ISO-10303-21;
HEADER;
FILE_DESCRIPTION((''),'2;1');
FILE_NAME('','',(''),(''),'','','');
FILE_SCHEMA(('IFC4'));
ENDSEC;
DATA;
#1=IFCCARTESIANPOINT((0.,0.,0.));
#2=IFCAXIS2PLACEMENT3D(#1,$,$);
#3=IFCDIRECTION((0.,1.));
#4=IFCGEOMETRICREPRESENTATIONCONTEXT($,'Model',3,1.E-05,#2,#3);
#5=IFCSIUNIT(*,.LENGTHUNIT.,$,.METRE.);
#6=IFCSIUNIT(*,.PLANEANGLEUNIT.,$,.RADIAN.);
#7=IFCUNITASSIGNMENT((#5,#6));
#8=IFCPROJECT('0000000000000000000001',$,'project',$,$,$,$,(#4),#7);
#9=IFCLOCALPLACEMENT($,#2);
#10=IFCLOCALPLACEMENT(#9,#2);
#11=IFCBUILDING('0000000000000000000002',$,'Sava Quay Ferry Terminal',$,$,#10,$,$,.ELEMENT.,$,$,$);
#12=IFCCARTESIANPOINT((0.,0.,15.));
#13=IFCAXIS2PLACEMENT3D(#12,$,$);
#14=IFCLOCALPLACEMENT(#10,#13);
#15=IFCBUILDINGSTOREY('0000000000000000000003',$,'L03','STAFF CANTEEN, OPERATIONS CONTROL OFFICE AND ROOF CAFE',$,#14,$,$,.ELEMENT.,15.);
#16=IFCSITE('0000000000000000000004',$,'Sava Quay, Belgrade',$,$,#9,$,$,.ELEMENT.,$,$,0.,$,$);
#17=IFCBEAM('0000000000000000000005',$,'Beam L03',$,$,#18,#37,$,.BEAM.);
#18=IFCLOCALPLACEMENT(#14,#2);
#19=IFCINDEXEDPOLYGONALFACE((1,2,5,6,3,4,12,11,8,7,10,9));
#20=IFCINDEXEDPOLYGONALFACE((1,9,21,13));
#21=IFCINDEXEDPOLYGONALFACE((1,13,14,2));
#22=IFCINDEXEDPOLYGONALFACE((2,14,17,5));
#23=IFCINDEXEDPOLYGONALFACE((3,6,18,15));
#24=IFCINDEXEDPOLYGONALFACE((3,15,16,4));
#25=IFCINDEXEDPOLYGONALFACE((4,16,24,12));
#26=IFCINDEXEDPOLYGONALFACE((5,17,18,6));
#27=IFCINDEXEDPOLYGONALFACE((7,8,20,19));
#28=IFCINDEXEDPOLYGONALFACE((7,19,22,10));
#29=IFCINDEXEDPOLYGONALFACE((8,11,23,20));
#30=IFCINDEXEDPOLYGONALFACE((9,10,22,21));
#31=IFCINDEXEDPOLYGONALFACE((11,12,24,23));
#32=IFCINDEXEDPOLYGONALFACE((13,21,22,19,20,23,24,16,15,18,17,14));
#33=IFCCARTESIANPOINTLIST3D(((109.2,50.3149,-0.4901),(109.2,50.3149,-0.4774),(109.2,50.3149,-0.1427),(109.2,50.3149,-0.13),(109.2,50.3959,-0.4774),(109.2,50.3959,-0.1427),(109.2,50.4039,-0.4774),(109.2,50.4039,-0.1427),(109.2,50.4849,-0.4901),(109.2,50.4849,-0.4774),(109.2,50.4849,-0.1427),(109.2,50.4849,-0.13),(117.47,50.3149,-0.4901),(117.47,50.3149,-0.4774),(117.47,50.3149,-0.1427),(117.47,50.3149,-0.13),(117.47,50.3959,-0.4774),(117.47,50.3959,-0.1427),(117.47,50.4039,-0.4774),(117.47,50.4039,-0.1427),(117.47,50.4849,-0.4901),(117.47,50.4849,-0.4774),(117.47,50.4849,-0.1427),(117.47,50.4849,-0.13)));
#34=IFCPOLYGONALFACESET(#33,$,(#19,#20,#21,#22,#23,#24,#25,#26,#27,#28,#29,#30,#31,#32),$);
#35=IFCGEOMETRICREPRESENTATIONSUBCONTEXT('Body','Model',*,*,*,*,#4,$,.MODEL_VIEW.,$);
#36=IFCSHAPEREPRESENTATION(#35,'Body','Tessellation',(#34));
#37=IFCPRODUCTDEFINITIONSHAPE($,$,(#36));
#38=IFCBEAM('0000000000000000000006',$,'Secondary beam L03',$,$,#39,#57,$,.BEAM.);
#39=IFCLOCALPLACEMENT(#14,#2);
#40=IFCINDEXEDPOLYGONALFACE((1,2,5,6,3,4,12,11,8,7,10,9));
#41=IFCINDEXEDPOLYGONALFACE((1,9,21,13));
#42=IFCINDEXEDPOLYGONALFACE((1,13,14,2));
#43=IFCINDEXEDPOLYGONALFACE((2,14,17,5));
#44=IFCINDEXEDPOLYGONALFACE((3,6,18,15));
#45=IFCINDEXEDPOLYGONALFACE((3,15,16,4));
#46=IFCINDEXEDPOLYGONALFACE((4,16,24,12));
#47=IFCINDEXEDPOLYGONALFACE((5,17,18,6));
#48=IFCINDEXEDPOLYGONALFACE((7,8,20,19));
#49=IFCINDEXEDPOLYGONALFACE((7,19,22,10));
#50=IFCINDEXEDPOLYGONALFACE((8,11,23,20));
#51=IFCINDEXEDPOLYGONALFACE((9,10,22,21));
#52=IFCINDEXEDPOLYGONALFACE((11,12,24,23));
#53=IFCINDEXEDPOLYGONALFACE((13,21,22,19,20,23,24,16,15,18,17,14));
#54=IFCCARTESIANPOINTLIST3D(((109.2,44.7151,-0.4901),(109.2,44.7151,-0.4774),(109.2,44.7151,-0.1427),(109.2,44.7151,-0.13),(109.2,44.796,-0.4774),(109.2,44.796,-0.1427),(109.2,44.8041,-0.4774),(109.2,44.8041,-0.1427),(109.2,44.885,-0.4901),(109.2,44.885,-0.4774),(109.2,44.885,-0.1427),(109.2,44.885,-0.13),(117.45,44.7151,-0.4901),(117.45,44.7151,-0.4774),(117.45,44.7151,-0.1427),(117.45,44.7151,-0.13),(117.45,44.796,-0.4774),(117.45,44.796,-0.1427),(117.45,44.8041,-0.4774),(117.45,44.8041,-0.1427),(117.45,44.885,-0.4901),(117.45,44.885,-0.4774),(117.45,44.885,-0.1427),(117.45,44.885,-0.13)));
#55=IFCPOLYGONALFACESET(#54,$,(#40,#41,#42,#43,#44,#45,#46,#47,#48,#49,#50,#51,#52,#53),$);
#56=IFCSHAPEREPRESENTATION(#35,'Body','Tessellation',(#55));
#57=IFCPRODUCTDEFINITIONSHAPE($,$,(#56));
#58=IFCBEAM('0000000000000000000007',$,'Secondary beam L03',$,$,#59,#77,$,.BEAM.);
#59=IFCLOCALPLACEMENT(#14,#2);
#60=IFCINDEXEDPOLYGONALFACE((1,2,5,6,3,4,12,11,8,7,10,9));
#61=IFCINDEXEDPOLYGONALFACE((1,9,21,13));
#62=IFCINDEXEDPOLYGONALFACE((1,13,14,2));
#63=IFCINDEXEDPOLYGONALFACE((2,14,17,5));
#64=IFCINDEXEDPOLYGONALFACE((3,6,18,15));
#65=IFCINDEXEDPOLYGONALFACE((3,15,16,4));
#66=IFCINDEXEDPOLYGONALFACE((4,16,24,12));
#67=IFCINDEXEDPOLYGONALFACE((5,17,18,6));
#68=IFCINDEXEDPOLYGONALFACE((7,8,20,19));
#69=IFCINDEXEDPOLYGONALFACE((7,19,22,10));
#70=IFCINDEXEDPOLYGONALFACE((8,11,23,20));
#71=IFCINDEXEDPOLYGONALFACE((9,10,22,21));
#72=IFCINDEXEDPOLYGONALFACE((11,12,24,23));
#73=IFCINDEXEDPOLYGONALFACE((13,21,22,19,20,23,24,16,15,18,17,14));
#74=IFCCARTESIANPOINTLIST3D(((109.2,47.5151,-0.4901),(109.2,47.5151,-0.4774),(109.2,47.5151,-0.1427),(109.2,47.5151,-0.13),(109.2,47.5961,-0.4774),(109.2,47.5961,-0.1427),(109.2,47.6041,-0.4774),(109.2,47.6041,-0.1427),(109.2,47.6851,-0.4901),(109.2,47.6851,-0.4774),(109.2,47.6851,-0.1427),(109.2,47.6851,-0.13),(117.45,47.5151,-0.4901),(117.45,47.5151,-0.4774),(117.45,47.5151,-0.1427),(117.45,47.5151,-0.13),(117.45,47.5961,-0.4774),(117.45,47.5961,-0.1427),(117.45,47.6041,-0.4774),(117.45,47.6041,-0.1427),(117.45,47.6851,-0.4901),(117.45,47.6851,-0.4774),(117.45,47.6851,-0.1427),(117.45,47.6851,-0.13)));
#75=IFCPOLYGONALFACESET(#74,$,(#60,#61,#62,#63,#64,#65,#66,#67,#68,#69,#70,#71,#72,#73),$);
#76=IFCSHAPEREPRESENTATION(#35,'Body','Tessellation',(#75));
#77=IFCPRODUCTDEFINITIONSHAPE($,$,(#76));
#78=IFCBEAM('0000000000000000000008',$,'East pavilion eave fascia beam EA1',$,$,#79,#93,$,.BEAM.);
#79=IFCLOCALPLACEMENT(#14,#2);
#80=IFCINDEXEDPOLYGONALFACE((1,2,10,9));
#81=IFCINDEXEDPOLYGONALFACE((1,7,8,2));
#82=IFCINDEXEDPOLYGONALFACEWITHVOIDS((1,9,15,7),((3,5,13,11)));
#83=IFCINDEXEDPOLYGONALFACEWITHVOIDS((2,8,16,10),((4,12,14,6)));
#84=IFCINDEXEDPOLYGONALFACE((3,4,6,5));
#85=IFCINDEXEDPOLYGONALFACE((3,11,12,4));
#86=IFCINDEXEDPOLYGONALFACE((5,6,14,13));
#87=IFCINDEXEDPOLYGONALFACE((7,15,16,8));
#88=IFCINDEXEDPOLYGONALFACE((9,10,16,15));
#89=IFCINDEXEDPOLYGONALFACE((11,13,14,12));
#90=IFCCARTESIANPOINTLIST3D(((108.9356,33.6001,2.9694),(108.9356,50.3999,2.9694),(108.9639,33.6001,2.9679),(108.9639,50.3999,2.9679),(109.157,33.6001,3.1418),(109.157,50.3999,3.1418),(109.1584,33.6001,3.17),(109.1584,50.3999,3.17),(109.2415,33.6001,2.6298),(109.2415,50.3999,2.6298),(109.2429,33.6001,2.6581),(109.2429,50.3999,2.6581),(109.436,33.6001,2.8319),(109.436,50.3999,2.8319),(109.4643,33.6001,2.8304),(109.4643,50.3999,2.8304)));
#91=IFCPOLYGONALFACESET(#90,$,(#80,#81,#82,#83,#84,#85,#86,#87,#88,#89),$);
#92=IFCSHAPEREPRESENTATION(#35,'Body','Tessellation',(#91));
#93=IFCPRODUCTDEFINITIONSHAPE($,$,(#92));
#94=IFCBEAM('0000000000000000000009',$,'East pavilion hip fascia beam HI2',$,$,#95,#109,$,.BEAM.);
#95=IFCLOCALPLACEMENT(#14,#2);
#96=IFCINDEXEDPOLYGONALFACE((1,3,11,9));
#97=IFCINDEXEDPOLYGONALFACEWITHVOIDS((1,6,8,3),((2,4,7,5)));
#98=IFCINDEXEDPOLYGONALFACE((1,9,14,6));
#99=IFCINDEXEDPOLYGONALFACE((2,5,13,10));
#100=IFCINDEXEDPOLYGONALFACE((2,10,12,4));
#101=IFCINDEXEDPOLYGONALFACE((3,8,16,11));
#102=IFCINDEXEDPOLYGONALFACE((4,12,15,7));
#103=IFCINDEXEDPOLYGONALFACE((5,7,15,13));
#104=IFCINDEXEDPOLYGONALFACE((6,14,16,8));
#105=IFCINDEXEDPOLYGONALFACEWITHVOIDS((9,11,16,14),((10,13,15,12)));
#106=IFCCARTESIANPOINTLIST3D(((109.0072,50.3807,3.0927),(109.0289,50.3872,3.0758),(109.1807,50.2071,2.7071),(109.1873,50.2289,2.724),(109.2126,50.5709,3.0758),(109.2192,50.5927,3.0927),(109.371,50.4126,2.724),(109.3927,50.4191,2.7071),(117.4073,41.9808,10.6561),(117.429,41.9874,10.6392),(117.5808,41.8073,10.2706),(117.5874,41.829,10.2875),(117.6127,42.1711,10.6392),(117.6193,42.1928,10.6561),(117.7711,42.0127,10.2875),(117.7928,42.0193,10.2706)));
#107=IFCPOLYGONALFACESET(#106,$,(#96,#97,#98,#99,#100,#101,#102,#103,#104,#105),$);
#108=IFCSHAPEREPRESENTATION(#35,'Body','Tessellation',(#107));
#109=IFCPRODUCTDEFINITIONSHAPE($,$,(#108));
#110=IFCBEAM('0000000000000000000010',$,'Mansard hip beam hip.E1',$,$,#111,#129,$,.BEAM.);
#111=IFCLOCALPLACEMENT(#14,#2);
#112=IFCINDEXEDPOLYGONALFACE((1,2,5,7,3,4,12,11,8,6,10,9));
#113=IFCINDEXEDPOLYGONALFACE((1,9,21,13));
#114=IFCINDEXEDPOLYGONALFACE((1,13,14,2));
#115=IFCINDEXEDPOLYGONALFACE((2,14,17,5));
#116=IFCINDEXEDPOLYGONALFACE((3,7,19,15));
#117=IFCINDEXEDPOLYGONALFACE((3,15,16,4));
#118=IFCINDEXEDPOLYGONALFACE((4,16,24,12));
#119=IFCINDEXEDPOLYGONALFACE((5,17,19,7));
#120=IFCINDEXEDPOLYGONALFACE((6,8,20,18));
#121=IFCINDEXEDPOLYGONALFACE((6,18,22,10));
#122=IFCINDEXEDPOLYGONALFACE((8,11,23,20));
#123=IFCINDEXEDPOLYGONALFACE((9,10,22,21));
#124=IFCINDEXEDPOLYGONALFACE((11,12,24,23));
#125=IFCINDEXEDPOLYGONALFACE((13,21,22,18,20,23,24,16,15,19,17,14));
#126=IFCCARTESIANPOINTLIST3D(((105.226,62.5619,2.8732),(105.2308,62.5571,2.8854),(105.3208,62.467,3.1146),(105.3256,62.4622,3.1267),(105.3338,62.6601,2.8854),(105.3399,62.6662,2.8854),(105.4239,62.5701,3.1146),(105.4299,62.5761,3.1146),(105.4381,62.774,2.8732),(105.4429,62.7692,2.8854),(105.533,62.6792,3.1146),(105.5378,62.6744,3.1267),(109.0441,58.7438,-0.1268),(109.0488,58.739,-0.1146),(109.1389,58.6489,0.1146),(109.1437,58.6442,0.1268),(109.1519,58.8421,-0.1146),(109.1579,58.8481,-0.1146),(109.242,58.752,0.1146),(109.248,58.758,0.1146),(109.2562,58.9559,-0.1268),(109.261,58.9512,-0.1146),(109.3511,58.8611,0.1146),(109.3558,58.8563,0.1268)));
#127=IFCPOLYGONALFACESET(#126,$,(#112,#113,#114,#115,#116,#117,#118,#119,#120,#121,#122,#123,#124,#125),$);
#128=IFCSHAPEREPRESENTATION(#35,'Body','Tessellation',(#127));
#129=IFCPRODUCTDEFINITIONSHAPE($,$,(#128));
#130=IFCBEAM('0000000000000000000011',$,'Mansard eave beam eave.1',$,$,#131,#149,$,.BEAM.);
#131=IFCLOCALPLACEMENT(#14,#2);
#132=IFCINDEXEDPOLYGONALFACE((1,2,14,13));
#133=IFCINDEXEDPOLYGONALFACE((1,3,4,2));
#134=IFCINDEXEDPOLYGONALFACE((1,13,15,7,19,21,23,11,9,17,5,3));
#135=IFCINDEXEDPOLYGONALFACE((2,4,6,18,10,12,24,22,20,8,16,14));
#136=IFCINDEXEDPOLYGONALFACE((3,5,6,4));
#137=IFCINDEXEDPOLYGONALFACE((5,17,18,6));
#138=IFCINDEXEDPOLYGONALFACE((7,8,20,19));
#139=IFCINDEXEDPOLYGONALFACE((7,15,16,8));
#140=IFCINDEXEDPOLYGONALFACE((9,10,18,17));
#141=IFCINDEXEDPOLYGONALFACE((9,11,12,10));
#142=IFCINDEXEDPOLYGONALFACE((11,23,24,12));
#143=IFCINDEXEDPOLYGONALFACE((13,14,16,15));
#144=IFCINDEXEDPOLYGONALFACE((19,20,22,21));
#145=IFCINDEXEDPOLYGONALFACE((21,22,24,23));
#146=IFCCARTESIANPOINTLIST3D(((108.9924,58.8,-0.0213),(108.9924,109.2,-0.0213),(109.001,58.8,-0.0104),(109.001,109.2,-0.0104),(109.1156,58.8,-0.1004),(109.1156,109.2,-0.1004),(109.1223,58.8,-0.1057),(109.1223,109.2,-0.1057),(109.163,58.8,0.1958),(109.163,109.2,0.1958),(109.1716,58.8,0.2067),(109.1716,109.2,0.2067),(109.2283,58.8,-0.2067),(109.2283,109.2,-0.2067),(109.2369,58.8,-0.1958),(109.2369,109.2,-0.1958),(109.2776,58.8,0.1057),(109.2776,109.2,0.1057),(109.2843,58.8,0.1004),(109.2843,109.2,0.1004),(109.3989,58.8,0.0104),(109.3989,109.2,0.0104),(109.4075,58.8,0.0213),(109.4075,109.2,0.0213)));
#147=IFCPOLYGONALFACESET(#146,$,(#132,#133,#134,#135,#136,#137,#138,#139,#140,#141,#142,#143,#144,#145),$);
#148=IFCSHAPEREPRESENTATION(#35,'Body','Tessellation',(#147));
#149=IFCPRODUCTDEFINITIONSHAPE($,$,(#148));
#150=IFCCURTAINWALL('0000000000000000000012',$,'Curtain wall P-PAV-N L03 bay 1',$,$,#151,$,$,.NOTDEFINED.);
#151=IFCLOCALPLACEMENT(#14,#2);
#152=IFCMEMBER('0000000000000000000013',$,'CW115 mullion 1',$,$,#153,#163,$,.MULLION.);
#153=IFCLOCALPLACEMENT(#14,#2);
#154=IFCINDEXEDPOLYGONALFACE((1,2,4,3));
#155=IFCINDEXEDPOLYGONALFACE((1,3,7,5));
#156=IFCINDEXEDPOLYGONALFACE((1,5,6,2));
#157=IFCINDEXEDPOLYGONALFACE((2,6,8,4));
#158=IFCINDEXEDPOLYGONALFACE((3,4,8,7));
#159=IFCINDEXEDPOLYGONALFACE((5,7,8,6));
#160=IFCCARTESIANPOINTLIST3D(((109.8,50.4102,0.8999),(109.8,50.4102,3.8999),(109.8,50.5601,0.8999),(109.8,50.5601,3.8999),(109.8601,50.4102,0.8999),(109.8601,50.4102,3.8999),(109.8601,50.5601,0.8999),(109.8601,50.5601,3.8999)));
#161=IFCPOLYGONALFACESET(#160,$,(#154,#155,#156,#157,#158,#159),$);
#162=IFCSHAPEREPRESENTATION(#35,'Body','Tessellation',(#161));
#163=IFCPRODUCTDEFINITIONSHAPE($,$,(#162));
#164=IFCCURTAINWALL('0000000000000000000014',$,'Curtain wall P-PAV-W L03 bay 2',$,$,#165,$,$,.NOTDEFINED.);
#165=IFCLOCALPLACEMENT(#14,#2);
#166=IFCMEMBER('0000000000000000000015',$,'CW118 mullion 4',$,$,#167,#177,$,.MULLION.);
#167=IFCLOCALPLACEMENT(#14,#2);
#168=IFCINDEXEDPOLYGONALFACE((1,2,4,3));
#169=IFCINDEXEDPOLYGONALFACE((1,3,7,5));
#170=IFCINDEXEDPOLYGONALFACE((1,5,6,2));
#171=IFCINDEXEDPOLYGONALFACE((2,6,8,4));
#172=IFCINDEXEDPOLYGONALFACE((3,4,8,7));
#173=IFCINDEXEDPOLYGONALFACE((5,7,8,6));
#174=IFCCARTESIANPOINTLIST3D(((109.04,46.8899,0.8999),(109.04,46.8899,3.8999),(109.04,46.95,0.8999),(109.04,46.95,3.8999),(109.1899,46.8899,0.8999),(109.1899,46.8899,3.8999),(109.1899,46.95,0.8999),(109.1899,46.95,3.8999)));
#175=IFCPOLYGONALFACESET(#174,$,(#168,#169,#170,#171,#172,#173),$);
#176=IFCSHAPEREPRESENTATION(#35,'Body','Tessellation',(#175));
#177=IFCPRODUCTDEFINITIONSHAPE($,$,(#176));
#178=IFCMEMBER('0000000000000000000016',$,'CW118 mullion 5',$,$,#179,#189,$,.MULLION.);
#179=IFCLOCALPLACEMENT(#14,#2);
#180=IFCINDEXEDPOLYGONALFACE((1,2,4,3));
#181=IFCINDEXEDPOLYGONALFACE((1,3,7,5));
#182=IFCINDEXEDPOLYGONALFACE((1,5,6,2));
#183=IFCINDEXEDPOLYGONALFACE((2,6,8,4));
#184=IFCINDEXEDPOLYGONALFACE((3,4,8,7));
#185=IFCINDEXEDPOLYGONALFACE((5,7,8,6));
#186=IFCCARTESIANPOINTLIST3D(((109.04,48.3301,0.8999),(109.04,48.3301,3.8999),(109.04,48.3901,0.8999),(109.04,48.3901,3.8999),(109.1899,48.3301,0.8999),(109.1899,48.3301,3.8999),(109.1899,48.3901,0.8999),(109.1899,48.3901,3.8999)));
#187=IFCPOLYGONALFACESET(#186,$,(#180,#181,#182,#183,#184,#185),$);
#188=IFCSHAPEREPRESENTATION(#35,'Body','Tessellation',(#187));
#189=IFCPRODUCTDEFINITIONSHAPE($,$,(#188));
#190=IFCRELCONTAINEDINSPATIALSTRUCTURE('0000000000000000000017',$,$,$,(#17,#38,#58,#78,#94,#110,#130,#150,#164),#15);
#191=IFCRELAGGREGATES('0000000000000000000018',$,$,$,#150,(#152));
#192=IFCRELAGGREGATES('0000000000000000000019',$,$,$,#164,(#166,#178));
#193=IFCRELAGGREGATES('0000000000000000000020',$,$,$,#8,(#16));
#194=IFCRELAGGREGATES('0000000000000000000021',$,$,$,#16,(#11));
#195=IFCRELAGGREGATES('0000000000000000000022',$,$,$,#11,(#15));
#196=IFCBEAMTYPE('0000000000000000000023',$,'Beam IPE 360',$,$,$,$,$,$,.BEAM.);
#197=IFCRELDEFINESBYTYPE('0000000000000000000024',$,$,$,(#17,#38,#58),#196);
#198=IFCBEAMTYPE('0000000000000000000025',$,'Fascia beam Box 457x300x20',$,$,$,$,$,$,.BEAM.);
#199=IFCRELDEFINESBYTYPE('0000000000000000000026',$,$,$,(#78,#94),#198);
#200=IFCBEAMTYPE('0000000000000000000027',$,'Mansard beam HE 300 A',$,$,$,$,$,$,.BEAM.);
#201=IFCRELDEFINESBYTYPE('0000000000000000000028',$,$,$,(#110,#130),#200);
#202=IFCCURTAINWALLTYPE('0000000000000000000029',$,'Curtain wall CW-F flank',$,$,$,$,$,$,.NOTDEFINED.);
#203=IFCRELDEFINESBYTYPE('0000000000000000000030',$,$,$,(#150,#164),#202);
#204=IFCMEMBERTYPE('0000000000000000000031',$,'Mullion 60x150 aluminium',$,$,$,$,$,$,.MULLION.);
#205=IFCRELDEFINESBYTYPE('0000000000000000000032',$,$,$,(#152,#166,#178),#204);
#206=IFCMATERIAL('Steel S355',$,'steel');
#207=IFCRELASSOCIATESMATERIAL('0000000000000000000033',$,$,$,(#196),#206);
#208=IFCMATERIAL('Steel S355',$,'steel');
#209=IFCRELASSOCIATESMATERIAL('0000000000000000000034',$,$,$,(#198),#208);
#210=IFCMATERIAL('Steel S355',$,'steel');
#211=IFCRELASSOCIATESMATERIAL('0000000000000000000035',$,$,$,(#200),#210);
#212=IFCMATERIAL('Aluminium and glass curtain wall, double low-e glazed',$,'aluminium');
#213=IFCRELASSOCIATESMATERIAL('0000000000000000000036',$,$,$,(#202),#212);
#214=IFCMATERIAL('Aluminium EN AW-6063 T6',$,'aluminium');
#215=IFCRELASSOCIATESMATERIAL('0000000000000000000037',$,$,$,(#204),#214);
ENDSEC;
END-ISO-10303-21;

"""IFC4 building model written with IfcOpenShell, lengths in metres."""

from ifc_helpers import new_model, si_unit, direction, frame, origin, origin_2d, place, context, subcontext, project, spatial, polyline, rectangle, i_section, outline, extrude, material, material_profile, profile_set, type_object, element, aggregate, save


model = new_model("IFC4")

# Units and contexts
model_context = context("Model", 3, precision=1e-05, world=origin(), true_north=direction((0.0, 1.0)))
body_context = subcontext(model_context, "Body", "Model", "MODEL_VIEW")
ifc_project = project(units=[si_unit("LENGTHUNIT", "METRE"), si_unit("PLANEANGLEUNIT", "RADIAN")], contexts=[model_context])

# Site, building, storey
site_placement = place(None, origin())
site = spatial("IfcSite", under=ifc_project, at=site_placement, Name="Sava Quay, Belgrade", CompositionType="ELEMENT", RefElevation=0.0)
building_placement = place(site_placement, origin())
building = spatial("IfcBuilding", under=site, at=building_placement, Name="Sava Quay Ferry Terminal", CompositionType="ELEMENT")
storey_placement = place(building_placement, frame((0.0, 0.0, 15.0)))
storey = spatial("IfcBuildingStorey", under=building, at=storey_placement, Name="L03", Description="STAFF CANTEEN, OPERATIONS CONTROL OFFICE AND ROOF CAFE", CompositionType="ELEMENT", Elevation=15.0)

# Beams
ifc_material_1 = material(Name="Steel S355", Category="steel")
ifc_material_profile_1 = material_profile(ifc_material_1, i_section(OverallWidth=0.1699, OverallDepth=0.3601, WebThickness=0.0081, FlangeThickness=0.0127, at=origin_2d()), Name="IPE 360")
ifc_profile_set_1 = profile_set([ifc_material_profile_1], Name="Steel S355")
beam_type_1 = type_object("IfcBeamType", Name="Beam IPE 360", PredefinedType="BEAM", material=ifc_profile_set_1)
beam_1_placement = place(storey_placement, frame((109.2, 50.3999, -0.3101), z_axis=(1.0, 0.0, 0.0), x_axis=(0.0, 1.0, 0.0)))
element("IfcBeam", 1, at=beam_1_placement, inside=storey, type_object=beam_type_1, Name="Beam L03", PredefinedType="BEAM", context=body_context, shape_type="SweptSolid", body=[
    extrude(i_section(OverallWidth=0.1699, OverallDepth=0.3601, WebThickness=0.0081, FlangeThickness=0.0127, at=origin_2d()), origin(), (0.0, 0.0, 1.0), 8.27),
])
for number, where, z_axis, x_axis, name in (
    (2, (109.2, 44.8, -0.3101), (1.0, 0.0, 0.0), (0.0, 1.0, 0.0), "Secondary beam L03"),
    (3, (109.2, 47.6001, -0.3101), (1.0, 0.0, 0.0), (0.0, 1.0, 0.0), "Secondary beam L03"),
):
    element("IfcBeam", number, at=place(storey_placement, frame(where, z_axis=z_axis, x_axis=x_axis)), inside=storey, type_object=beam_type_1, Name=name, PredefinedType="BEAM", context=body_context, shape_type="SweptSolid", body=[
        extrude(i_section(OverallWidth=0.1699, OverallDepth=0.3601, WebThickness=0.0081, FlangeThickness=0.0127, at=origin_2d()), origin(), (0.0, 0.0, 1.0), 8.25),
    ])
ifc_material_2 = material(Name="Steel S355", Category="steel")
ifc_material_profile_2 = material_profile(ifc_material_2, outline(polyline([(-0.1499, -0.2285), (0.1499, -0.2285), (0.1499, 0.2285), (-0.1499, 0.2285), (-0.1499, -0.2285)]), holes=[polyline([(-0.1299, -0.2085), (-0.1299, 0.2085), (0.1299, 0.2085), (0.1299, -0.2085), (-0.1299, -0.2085)])]), Name="Box 457x300x20 built-up")
ifc_profile_set_2 = profile_set([ifc_material_profile_2], Name="Steel S355")
beam_type_2 = type_object("IfcBeamType", Name="Fascia beam Box 457x300x20", PredefinedType="BEAM", material=ifc_profile_set_2)
beam_2_placement = place(storey_placement, frame((109.2, 50.3999, 2.8999), z_axis=(0.0, -1.0, 0.0), x_axis=(0.743145, 0.0, 0.669131)))
element("IfcBeam", 4, at=beam_2_placement, inside=storey, type_object=beam_type_2, Name="East pavilion eave fascia beam EA1", PredefinedType="BEAM", context=body_context, shape_type="SweptSolid", body=[
    extrude(outline(polyline([(-0.1499, -0.2285), (0.1499, -0.2285), (0.1499, 0.2285), (-0.1499, 0.2285), (-0.1499, -0.2285)]), holes=[polyline([(-0.1299, -0.2085), (-0.1299, 0.2085), (0.1299, 0.2085), (0.1299, -0.2085), (-0.1299, -0.2085)])]), origin(), (0.0, 0.0, 1.0), 16.7998),
])
beam_3_placement = place(storey_placement, frame((109.2, 50.3999, 2.8999), z_axis=(0.59648, -0.596463, 0.53707), x_axis=(0.707097, 0.707117, 0.0)))
element("IfcBeam", 5, at=beam_3_placement, inside=storey, type_object=beam_type_2, Name="East pavilion hip fascia beam HI2", PredefinedType="BEAM", context=body_context, shape_type="SweptSolid", body=[
    extrude(outline(polyline([(-0.1499, -0.2285), (0.1499, -0.2285), (0.1499, 0.2285), (-0.1499, 0.2285), (-0.1499, -0.2285)]), holes=[polyline([(-0.1299, -0.2085), (-0.1299, 0.2085), (0.1299, 0.2085), (0.1299, -0.2085), (-0.1299, -0.2085)])]), origin(), (0.0, 0.0, 1.0), 14.0828),
])
ifc_material_3 = material(Name="Steel S355", Category="steel")
ifc_material_profile_3 = material_profile(ifc_material_3, i_section(OverallWidth=0.3, OverallDepth=0.29, WebThickness=0.0085, FlangeThickness=0.0139, at=origin_2d()), Name="HE 300 A")
ifc_profile_set_3 = profile_set([ifc_material_profile_3], Name="Steel S355")
beam_type_3 = type_object("IfcBeamType", Name="Mansard beam HE 300 A", PredefinedType="BEAM", material=ifc_profile_set_3)
beam_4_placement = place(storey_placement, frame((109.2, 58.8, 0.0), z_axis=(-0.618113, 0.618113, 0.485668), x_axis=(-0.707107, -0.707107, 0.0)))
element("IfcBeam", 6, at=beam_4_placement, inside=storey, type_object=beam_type_3, Name="Mansard hip beam hip.E1", PredefinedType="BEAM", context=body_context, shape_type="SweptSolid", body=[
    extrude(i_section(OverallWidth=0.3, OverallDepth=0.29, WebThickness=0.0085, FlangeThickness=0.0139, at=origin_2d()), origin(), (0.0, 0.0, 1.0), 6.177),
])
beam_5_placement = place(storey_placement, frame((109.2, 58.8, 0.0), z_axis=(0.0, 1.0, 0.0), x_axis=(-0.786318, 0.0, 0.617822)))
element("IfcBeam", 7, at=beam_5_placement, inside=storey, type_object=beam_type_3, Name="Mansard eave beam eave.1", PredefinedType="BEAM", context=body_context, shape_type="SweptSolid", body=[
    extrude(i_section(OverallWidth=0.3, OverallDepth=0.29, WebThickness=0.0085, FlangeThickness=0.0139, at=origin_2d()), origin(), (0.0, 0.0, 1.0), 50.3999),
])

# Curtain wall, member
ifc_material_4 = material(Name="Aluminium and glass curtain wall, double low-e glazed", Category="aluminium")
curtain_wall_type = type_object("IfcCurtainWallType", Name="Curtain wall CW-F flank", PredefinedType="NOTDEFINED", material=ifc_material_4)
curtain_wall_1_placement = place(storey_placement, origin())
curtain_wall_1 = element("IfcCurtainWall", 8, at=curtain_wall_1_placement, inside=storey, type_object=curtain_wall_type, Name="Curtain wall P-PAV-N L03 bay 1", PredefinedType="NOTDEFINED")
ifc_material_5 = material(Name="Aluminium EN AW-6063 T6", Category="aluminium")
ifc_material_profile_4 = material_profile(ifc_material_5, rectangle(XDim=0.1499, YDim=0.0601, at=origin_2d()), Name="Mullion 60x150 aluminium")
ifc_profile_set_4 = profile_set([ifc_material_profile_4], Name="Aluminium EN AW-6063 T6")
member_type_1 = type_object("IfcMemberType", Name="Mullion 60x150 aluminium", PredefinedType="MULLION", material=ifc_profile_set_4)
member_1_placement = place(storey_placement, frame((109.8301, 50.4851, 0.8999), z_axis=(0.0, 0.0, 1.0), x_axis=(0.0, 1.0, 0.0)))
member_1 = element("IfcMember", 9, at=member_1_placement, type_object=member_type_1, Name="CW115 mullion 1", PredefinedType="MULLION", context=body_context, shape_type="SweptSolid", body=[
    extrude(rectangle(XDim=0.1499, YDim=0.0601, at=origin_2d()), origin(), (0.0, 0.0, 1.0), 3.0),
])

# Curtain wall, members
curtain_wall_2_placement = place(storey_placement, origin())
curtain_wall_2 = element("IfcCurtainWall", 10, at=curtain_wall_2_placement, inside=storey, type_object=curtain_wall_type, Name="Curtain wall P-PAV-W L03 bay 2", PredefinedType="NOTDEFINED")
member_2_placement = place(storey_placement, frame((109.115, 46.9199, 0.8999), z_axis=(0.0, 0.0, 1.0), x_axis=(-1.0, 0.0, 0.0)))
member_2 = element("IfcMember", 11, at=member_2_placement, type_object=member_type_1, Name="CW118 mullion 4", PredefinedType="MULLION", context=body_context, shape_type="SweptSolid", body=[
    extrude(rectangle(XDim=0.1499, YDim=0.0601, at=origin_2d()), origin(), (0.0, 0.0, 1.0), 3.0),
])
member_3_placement = place(storey_placement, frame((109.115, 48.3601, 0.8999), z_axis=(0.0, 0.0, 1.0), x_axis=(-1.0, 0.0, 0.0)))
member_3 = element("IfcMember", 12, at=member_3_placement, type_object=member_type_1, Name="CW118 mullion 5", PredefinedType="MULLION", context=body_context, shape_type="SweptSolid", body=[
    extrude(rectangle(XDim=0.1499, YDim=0.0601, at=origin_2d()), origin(), (0.0, 0.0, 1.0), 3.0),
])

aggregate(curtain_wall_1, [member_1])

aggregate(curtain_wall_2, [member_2, member_3])

save(model, "model.ifc")
